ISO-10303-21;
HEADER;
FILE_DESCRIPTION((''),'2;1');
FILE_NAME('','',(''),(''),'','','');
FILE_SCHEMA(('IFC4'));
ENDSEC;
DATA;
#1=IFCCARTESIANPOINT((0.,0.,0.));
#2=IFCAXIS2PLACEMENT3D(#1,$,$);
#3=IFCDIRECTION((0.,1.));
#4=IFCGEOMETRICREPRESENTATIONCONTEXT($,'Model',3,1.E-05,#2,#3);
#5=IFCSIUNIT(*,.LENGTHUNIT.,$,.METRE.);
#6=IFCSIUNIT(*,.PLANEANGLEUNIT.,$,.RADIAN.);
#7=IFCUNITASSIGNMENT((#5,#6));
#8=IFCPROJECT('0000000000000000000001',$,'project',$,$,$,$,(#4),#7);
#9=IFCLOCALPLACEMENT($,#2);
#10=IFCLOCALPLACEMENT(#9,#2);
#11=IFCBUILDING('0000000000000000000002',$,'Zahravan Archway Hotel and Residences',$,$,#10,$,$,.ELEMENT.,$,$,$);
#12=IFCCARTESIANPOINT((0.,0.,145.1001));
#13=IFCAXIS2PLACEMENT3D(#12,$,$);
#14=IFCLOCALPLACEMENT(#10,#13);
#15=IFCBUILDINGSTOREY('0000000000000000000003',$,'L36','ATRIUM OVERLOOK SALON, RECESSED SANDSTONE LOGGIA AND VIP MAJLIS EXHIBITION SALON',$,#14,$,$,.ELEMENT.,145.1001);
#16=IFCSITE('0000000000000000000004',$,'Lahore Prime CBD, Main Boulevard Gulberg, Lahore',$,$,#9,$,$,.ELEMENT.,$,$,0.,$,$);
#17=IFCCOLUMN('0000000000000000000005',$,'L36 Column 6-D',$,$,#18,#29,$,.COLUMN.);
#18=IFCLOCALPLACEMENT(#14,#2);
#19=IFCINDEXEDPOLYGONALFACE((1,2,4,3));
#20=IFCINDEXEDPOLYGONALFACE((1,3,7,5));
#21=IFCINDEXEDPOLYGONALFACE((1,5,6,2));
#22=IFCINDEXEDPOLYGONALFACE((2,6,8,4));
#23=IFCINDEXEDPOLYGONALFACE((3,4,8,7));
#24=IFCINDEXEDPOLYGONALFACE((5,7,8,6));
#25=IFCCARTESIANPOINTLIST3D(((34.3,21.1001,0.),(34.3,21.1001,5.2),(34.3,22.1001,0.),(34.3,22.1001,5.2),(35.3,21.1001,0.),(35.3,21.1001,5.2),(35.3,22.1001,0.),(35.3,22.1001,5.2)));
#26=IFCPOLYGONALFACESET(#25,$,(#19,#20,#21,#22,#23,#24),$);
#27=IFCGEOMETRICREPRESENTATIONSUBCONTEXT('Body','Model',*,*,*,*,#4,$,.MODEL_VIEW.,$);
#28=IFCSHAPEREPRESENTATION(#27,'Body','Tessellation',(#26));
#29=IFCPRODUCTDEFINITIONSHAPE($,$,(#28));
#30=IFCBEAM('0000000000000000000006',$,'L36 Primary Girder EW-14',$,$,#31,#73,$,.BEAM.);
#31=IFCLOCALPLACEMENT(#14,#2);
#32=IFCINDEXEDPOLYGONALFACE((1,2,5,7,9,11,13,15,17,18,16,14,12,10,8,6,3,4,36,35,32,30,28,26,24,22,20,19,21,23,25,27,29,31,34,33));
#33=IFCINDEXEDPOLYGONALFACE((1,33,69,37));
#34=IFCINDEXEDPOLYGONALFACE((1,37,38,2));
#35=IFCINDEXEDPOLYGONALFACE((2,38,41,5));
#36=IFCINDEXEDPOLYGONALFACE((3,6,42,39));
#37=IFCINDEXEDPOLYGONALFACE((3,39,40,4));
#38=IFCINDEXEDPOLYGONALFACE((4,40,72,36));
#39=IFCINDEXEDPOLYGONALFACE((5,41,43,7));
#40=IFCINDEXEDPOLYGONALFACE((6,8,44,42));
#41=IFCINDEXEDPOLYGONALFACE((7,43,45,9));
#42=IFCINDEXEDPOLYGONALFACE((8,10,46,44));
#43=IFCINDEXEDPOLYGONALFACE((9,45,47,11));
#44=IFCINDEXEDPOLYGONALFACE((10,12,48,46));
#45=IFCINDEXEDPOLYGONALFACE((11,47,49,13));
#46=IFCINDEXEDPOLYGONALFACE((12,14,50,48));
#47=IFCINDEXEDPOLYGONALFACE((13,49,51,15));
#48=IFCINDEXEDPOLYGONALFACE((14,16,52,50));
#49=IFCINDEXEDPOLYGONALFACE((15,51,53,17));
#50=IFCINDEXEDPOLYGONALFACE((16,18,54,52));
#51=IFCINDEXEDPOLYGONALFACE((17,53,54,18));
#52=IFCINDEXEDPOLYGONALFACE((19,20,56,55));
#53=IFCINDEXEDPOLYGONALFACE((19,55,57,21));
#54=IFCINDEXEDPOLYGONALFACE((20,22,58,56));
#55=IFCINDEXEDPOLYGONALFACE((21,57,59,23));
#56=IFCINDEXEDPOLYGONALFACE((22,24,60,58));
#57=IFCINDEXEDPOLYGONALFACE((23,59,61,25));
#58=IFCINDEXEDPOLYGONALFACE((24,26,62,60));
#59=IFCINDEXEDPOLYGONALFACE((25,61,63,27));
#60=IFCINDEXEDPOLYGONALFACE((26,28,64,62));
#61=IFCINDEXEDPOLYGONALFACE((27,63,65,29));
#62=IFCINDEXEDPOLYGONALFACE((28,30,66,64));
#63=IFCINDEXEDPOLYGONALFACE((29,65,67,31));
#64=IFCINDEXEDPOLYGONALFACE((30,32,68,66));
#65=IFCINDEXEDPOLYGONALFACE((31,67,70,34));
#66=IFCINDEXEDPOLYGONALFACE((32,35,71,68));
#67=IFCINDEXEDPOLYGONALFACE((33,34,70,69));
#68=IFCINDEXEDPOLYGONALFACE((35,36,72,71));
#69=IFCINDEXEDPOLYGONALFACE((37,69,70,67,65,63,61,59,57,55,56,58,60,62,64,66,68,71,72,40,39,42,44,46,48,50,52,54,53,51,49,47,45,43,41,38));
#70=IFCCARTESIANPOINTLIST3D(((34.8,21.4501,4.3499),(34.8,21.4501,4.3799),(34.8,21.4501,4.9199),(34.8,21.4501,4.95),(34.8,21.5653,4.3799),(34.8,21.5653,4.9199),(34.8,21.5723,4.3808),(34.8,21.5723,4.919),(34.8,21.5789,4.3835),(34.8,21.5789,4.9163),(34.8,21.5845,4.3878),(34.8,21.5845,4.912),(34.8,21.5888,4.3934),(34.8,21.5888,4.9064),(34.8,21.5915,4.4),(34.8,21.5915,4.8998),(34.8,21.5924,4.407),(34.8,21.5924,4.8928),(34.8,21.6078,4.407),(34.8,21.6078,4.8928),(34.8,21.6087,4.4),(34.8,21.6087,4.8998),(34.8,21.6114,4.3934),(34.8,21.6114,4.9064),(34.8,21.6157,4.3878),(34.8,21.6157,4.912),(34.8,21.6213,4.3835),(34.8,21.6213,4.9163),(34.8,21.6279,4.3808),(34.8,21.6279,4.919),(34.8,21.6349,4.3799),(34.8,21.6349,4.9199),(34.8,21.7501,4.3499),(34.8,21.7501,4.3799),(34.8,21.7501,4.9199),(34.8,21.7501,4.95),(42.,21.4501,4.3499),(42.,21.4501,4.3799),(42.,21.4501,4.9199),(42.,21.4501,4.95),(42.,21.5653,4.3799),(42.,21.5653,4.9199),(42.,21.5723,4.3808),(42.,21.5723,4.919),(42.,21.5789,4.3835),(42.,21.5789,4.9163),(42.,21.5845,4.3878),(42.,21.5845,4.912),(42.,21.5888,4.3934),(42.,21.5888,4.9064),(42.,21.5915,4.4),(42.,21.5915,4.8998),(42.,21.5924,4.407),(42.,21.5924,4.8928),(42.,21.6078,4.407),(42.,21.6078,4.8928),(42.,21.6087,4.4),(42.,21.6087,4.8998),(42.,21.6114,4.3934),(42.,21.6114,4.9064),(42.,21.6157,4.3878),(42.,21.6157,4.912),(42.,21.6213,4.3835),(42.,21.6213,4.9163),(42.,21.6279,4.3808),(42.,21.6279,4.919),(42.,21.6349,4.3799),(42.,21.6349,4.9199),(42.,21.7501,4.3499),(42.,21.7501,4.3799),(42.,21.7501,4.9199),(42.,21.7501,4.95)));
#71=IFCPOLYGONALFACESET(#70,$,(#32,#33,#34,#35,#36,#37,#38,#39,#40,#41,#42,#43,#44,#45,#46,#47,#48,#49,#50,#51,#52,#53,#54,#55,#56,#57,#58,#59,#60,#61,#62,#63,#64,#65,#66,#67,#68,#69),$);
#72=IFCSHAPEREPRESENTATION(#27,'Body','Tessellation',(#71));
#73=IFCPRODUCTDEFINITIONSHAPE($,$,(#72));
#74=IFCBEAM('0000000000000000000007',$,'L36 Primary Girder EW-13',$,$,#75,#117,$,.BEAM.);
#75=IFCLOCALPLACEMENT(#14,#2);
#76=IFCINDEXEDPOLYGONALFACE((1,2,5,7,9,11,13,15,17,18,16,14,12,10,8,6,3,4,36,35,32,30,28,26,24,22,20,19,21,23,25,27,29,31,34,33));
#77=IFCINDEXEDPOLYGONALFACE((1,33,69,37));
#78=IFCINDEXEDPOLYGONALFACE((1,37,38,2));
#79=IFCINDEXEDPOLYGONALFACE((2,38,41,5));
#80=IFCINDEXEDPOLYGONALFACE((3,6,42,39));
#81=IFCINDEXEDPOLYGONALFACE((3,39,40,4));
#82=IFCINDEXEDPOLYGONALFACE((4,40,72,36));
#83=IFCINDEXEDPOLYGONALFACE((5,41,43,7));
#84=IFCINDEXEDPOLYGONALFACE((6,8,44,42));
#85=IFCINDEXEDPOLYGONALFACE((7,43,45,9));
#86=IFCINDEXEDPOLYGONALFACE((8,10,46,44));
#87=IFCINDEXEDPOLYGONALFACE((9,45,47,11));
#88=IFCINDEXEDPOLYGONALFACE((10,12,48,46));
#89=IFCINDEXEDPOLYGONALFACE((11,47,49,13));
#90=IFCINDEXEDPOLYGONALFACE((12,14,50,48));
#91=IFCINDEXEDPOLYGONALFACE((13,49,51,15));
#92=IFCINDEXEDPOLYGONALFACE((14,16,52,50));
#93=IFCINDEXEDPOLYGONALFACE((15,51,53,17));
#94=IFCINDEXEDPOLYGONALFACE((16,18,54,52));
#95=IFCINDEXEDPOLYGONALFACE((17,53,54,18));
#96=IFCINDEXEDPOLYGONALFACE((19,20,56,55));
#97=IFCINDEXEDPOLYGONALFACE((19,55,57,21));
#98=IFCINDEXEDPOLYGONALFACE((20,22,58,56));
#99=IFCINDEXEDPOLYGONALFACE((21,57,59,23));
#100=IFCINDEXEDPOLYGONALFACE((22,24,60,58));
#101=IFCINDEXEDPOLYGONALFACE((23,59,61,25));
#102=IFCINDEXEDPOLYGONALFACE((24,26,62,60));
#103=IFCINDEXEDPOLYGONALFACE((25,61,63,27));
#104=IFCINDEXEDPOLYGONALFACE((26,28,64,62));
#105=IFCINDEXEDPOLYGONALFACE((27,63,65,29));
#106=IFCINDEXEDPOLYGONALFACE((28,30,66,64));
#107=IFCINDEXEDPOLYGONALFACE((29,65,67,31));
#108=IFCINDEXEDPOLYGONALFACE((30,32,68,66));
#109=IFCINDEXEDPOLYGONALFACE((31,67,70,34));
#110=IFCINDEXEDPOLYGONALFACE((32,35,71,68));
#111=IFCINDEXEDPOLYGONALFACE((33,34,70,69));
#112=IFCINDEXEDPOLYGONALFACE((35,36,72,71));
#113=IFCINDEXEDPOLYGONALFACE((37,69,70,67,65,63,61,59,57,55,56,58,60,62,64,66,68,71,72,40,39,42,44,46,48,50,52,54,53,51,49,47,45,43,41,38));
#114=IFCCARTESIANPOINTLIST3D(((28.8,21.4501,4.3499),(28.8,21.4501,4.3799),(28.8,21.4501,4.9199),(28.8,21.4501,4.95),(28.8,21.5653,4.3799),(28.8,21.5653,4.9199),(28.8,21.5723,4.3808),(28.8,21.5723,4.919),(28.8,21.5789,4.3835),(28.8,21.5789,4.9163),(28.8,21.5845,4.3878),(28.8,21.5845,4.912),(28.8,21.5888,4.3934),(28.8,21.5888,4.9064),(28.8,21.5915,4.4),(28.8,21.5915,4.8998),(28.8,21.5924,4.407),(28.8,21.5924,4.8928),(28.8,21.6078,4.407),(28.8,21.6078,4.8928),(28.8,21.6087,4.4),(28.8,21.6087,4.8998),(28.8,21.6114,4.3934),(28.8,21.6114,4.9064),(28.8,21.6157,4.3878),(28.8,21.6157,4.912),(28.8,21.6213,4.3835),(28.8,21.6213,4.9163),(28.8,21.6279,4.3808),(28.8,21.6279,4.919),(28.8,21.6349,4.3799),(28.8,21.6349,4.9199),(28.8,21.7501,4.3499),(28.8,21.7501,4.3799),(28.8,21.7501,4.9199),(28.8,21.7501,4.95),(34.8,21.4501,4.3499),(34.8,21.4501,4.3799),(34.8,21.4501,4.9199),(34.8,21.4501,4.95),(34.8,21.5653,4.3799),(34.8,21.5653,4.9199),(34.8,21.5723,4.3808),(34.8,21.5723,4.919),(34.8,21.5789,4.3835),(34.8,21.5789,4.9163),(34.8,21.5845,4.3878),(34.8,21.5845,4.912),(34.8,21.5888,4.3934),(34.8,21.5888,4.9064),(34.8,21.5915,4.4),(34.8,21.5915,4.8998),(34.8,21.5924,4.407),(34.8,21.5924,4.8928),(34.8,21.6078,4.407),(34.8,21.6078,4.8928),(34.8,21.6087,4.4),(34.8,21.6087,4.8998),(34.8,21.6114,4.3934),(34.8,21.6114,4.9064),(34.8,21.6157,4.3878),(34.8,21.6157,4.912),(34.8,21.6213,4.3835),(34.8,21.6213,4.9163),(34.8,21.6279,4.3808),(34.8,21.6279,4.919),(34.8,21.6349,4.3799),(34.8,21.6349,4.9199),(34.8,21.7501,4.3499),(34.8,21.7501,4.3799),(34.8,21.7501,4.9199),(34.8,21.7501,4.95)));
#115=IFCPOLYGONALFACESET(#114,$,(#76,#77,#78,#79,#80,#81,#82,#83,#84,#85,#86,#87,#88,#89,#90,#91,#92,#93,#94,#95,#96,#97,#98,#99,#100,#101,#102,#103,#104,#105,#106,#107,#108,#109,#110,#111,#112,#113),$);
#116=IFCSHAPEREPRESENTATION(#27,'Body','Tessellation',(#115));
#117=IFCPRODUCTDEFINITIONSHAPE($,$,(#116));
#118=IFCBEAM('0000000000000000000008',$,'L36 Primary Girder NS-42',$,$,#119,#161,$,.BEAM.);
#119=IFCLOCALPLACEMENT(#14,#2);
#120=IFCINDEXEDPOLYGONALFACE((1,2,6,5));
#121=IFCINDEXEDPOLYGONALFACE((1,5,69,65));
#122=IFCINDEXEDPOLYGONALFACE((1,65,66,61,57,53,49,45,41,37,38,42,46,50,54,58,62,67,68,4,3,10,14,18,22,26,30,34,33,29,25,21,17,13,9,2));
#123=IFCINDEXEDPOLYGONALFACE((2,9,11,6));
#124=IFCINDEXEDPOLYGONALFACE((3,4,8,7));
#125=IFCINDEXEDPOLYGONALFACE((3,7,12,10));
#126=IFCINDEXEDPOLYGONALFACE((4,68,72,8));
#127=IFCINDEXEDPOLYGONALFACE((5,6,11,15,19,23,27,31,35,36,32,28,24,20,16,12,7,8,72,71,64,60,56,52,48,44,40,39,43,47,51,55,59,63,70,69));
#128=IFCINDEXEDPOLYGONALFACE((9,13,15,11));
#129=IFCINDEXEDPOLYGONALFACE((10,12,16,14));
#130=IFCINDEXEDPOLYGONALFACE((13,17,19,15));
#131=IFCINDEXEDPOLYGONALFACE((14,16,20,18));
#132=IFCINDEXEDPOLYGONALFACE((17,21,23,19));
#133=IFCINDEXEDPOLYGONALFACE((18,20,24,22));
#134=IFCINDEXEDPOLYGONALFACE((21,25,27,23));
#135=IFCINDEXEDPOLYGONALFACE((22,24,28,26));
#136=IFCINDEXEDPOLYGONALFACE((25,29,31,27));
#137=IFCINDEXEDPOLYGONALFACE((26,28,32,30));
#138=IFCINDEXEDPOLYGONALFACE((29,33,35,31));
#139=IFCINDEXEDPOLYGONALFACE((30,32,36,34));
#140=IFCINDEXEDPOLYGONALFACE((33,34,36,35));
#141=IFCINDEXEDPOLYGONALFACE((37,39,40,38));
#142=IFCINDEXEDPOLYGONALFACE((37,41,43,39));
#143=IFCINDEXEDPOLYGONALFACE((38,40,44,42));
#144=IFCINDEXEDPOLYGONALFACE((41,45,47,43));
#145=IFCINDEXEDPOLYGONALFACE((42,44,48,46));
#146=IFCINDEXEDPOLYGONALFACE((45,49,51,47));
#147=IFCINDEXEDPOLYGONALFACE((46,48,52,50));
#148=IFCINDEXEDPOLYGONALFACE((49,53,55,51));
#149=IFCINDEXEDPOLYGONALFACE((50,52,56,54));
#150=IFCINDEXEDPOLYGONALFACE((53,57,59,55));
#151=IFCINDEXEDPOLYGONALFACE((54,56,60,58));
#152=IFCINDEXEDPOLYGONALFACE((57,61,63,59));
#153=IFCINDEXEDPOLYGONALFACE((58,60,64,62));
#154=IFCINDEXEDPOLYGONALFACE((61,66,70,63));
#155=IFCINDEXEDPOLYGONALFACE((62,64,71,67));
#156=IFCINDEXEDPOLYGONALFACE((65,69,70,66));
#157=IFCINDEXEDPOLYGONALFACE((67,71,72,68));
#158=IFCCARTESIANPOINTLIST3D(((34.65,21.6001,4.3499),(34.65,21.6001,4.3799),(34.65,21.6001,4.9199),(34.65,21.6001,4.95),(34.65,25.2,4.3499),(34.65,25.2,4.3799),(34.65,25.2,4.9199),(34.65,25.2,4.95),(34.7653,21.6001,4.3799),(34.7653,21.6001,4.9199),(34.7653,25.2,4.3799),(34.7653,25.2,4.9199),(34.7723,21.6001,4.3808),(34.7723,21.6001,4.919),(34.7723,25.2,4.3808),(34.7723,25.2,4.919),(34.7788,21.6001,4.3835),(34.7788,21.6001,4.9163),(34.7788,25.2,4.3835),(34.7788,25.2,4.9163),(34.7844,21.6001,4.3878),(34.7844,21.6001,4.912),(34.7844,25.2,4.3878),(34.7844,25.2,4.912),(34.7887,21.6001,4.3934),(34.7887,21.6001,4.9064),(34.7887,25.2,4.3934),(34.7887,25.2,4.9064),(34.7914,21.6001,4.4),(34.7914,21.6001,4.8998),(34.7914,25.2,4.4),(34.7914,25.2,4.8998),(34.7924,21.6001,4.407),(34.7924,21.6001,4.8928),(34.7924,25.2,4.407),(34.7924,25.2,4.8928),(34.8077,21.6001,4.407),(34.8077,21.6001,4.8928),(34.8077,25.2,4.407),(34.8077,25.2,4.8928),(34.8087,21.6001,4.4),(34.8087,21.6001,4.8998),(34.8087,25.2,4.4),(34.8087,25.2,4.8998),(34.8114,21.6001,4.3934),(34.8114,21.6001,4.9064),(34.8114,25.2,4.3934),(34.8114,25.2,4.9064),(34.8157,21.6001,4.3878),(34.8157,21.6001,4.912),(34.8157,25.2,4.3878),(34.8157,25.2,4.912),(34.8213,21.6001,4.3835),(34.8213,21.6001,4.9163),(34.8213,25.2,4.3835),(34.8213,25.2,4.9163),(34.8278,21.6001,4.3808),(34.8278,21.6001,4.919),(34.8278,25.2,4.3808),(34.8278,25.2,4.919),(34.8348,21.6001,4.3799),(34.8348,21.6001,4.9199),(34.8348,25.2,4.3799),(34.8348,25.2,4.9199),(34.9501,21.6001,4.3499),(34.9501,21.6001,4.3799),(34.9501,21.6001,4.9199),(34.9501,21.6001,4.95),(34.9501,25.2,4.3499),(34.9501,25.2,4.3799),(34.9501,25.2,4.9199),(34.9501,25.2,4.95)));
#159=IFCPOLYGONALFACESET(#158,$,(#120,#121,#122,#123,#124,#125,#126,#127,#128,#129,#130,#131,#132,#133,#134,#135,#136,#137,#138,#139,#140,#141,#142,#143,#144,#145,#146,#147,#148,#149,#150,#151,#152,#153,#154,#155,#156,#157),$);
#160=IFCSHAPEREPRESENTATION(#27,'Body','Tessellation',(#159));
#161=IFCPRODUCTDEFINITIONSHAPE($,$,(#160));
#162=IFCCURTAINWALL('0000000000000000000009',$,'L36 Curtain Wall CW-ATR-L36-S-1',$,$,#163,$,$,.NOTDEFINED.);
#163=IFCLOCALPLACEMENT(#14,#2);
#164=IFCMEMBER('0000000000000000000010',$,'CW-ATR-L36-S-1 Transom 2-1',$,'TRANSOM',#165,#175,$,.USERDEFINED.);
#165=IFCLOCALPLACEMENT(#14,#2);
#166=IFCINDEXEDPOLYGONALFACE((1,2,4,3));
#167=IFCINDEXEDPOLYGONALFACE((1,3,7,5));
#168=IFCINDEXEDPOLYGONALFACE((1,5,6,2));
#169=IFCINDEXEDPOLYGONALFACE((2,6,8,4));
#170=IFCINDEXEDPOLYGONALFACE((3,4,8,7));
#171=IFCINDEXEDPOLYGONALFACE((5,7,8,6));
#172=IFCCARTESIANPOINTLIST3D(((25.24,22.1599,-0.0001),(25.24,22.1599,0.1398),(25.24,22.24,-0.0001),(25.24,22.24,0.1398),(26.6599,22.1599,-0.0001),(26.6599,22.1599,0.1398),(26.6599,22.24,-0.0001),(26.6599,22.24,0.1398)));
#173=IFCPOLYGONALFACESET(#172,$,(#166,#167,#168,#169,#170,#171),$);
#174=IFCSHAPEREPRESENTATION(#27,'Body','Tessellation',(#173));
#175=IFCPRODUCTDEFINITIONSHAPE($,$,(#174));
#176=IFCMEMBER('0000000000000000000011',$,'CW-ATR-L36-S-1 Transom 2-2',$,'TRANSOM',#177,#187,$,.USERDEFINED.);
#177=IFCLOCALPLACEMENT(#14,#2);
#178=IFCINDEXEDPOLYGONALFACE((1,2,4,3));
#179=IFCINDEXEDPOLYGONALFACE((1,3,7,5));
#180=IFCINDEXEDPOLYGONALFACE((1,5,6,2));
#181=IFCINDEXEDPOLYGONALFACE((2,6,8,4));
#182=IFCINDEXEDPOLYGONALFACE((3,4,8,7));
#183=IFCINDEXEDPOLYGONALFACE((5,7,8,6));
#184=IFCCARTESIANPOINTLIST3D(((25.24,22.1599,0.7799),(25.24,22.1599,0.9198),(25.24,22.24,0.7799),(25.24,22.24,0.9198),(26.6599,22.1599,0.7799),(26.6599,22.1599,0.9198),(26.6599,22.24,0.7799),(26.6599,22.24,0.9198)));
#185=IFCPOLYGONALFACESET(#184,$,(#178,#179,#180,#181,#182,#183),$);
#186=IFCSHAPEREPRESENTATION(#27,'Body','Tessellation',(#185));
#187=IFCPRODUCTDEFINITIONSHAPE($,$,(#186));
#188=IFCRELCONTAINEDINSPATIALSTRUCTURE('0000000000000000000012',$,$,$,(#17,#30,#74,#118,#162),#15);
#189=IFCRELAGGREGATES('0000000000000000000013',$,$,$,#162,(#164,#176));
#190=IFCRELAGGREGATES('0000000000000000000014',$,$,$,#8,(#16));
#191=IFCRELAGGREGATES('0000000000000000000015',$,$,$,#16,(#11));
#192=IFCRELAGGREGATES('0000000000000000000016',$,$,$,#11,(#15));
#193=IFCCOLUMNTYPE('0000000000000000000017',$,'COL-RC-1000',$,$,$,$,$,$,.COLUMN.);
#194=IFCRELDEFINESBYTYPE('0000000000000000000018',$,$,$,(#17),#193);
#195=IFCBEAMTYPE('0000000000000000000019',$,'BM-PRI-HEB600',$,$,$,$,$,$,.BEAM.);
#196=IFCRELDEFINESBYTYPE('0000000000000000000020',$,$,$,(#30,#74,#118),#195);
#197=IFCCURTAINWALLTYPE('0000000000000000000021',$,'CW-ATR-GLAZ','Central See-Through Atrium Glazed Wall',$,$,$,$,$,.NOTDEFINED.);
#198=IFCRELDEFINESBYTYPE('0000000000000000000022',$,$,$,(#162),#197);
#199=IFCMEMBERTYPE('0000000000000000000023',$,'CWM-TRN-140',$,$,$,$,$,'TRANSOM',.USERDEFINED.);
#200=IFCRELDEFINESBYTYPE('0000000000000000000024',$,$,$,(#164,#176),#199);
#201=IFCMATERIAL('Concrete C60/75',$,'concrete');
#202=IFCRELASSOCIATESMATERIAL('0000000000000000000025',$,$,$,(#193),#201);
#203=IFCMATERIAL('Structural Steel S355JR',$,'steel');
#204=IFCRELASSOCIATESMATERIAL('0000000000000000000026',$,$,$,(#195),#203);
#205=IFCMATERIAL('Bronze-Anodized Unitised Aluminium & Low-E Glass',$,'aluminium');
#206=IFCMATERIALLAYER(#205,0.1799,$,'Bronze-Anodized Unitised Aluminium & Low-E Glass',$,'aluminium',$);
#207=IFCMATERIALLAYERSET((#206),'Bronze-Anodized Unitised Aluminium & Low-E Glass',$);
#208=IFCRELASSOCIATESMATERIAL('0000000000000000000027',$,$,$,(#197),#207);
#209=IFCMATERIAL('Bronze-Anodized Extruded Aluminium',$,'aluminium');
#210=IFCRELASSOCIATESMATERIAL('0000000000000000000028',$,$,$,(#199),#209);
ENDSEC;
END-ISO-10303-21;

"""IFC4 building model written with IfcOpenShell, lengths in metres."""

from ifc_helpers import new_model, si_unit, direction, frame, origin, origin_2d, place, context, subcontext, project, spatial, rectangle, i_section, extrude, source, transform, mapped, material, layer, layer_set, material_profile, profile_set, type_object, element, aggregate, save


model = new_model("IFC4")

# Units and contexts
model_context = context("Model", 3, precision=1e-05, world=origin(), true_north=direction((0.0, 1.0)))
body_context = subcontext(model_context, "Body", "Model", "MODEL_VIEW")
ifc_project = project(units=[si_unit("LENGTHUNIT", "METRE"), si_unit("PLANEANGLEUNIT", "RADIAN")], contexts=[model_context])

# Site, building, storey
site_placement = place(None, origin())
site = spatial("IfcSite", under=ifc_project, at=site_placement, Name="Lahore Prime CBD, Main Boulevard Gulberg, Lahore", CompositionType="ELEMENT", RefElevation=0.0)
building_placement = place(site_placement, origin())
building = spatial("IfcBuilding", under=site, at=building_placement, Name="Zahravan Archway Hotel and Residences", CompositionType="ELEMENT")
storey_placement = place(building_placement, frame((0.0, 0.0, 145.1001)))
storey = spatial("IfcBuildingStorey", under=building, at=storey_placement, Name="L36", Description="ATRIUM OVERLOOK SALON, RECESSED SANDSTONE LOGGIA AND VIP MAJLIS EXHIBITION SALON", CompositionType="ELEMENT", Elevation=145.1001)

# Column
ifc_material_1 = material(Name="Concrete C60/75", Category="concrete")
ifc_material_profile_1 = material_profile(ifc_material_1, rectangle(XDim=1.0, YDim=1.0, at=origin_2d()), Name="RC-COL-1000x1000", Category="concrete")
ifc_profile_set_1 = profile_set([ifc_material_profile_1], Name="Concrete C60/75")
column_type = type_object("IfcColumnType", Name="COL-RC-1000", PredefinedType="COLUMN", material=ifc_profile_set_1)
shared_shape_1 = source(origin(), body_context, "Body", "SweptSolid", [
    extrude(rectangle(XDim=1.0, YDim=1.0, at=origin_2d()), origin(), (0.0, 0.0, 1.0), 5.2),
])
column_placement = place(storey_placement, frame((34.8, 21.6001, 0.0), z_axis=(0.0, 0.0, 1.0), x_axis=(1.0, 0.0, 0.0)))
element("IfcColumn", 1, at=column_placement, inside=storey, type_object=column_type, Name="L36 Column 6-D", PredefinedType="COLUMN", context=body_context, shape_type="MappedRepresentation", body=[
    mapped(shared_shape_1, transform((0.0, 0.0, 0.0), scale=1.0)),
])

# Beams
ifc_material_2 = material(Name="Structural Steel S355JR", Category="steel")
ifc_material_profile_2 = material_profile(ifc_material_2, i_section(OverallWidth=0.3, OverallDepth=0.6001, WebThickness=0.0154, FlangeThickness=0.03, FilletRadius=0.0271, at=origin_2d()), Name="HEB 600", Category="steel")
ifc_profile_set_2 = profile_set([ifc_material_profile_2], Name="Structural Steel S355JR")
beam_type = type_object("IfcBeamType", Name="BM-PRI-HEB600", PredefinedType="BEAM", material=ifc_profile_set_2)
shared_shape_2 = source(origin(), body_context, "Body", "SweptSolid", [
    extrude(i_section(OverallWidth=0.3, OverallDepth=0.6001, WebThickness=0.0154, FlangeThickness=0.03, FilletRadius=0.0271, at=origin_2d()), origin(), (0.0, 0.0, 1.0), 7.2),
])
beam_1_placement = place(storey_placement, frame((34.8, 21.6001, 4.6499), z_axis=(1.0, 0.0, 0.0), x_axis=(0.0, 1.0, 0.0)))
element("IfcBeam", 2, at=beam_1_placement, inside=storey, type_object=beam_type, Name="L36 Primary Girder EW-14", PredefinedType="BEAM", context=body_context, shape_type="MappedRepresentation", body=[
    mapped(shared_shape_2, transform((0.0, 0.0, 0.0), scale=1.0)),
])
shared_shape_3 = source(origin(), body_context, "Body", "SweptSolid", [
    extrude(i_section(OverallWidth=0.3, OverallDepth=0.6001, WebThickness=0.0154, FlangeThickness=0.03, FilletRadius=0.0271, at=origin_2d()), origin(), (0.0, 0.0, 1.0), 6.0),
])
beam_2_placement = place(storey_placement, frame((28.8, 21.6001, 4.6499), z_axis=(1.0, 0.0, 0.0), x_axis=(0.0, 1.0, 0.0)))
element("IfcBeam", 3, at=beam_2_placement, inside=storey, type_object=beam_type, Name="L36 Primary Girder EW-13", PredefinedType="BEAM", context=body_context, shape_type="MappedRepresentation", body=[
    mapped(shared_shape_3, transform((0.0, 0.0, 0.0), scale=1.0)),
])
shared_shape_4 = source(origin(), body_context, "Body", "SweptSolid", [
    extrude(i_section(OverallWidth=0.3, OverallDepth=0.6001, WebThickness=0.0154, FlangeThickness=0.03, FilletRadius=0.0271, at=origin_2d()), origin(), (0.0, 0.0, 1.0), 3.5999),
])
beam_3_placement = place(storey_placement, frame((34.8, 21.6001, 4.6499), z_axis=(0.0, 1.0, 0.0), x_axis=(-1.0, 0.0, 0.0)))
element("IfcBeam", 4, at=beam_3_placement, inside=storey, type_object=beam_type, Name="L36 Primary Girder NS-42", PredefinedType="BEAM", context=body_context, shape_type="MappedRepresentation", body=[
    mapped(shared_shape_4, transform((0.0, 0.0, 0.0), scale=1.0)),
])

# Curtain wall, members
ifc_material_3 = material(Name="Bronze-Anodized Unitised Aluminium & Low-E Glass", Category="aluminium")
ifc_layer_1 = layer(ifc_material_3, 0.1799, Name="Bronze-Anodized Unitised Aluminium & Low-E Glass", Category="aluminium")
ifc_layer_set_1 = layer_set([ifc_layer_1], Name="Bronze-Anodized Unitised Aluminium & Low-E Glass")
curtain_wall_type = type_object("IfcCurtainWallType", Name="CW-ATR-GLAZ", Description="Central See-Through Atrium Glazed Wall", PredefinedType="NOTDEFINED", material=ifc_layer_set_1)
curtain_wall_placement = place(storey_placement, origin())
curtain_wall = element("IfcCurtainWall", 5, at=curtain_wall_placement, inside=storey, type_object=curtain_wall_type, Name="L36 Curtain Wall CW-ATR-L36-S-1", PredefinedType="NOTDEFINED")
ifc_material_4 = material(Name="Bronze-Anodized Extruded Aluminium", Category="aluminium")
ifc_material_profile_3 = material_profile(ifc_material_4, rectangle(XDim=0.0801, YDim=0.1399, at=origin_2d()), Name="TRN 80x140", Category="aluminium")
ifc_profile_set_3 = profile_set([ifc_material_profile_3], Name="Bronze-Anodized Extruded Aluminium")
member_type_1 = type_object("IfcMemberType", Name="CWM-TRN-140", ElementType="TRANSOM", PredefinedType="USERDEFINED", material=ifc_profile_set_3)
shared_shape_5 = source(origin(), body_context, "Body", "SweptSolid", [
    extrude(rectangle(XDim=0.0801, YDim=0.1399, at=origin_2d()), origin(), (0.0, 0.0, 1.0), 1.4199),
])
member_1_placement = place(storey_placement, frame((25.24, 22.2, 0.0698), z_axis=(1.0, 0.0, 0.0), x_axis=(0.0, 1.0, 0.0)))
member_1 = element("IfcMember", 6, at=member_1_placement, type_object=member_type_1, Name="CW-ATR-L36-S-1 Transom 2-1", ObjectType="TRANSOM", PredefinedType="USERDEFINED", context=body_context, shape_type="MappedRepresentation", body=[
    mapped(shared_shape_5, transform((0.0, 0.0, 0.0), scale=1.0)),
])
member_2_placement = place(storey_placement, frame((25.24, 22.2, 0.8499), z_axis=(1.0, 0.0, 0.0), x_axis=(0.0, 1.0, 0.0)))
member_2 = element("IfcMember", 7, at=member_2_placement, type_object=member_type_1, Name="CW-ATR-L36-S-1 Transom 2-2", ObjectType="TRANSOM", PredefinedType="USERDEFINED", context=body_context, shape_type="MappedRepresentation", body=[
    mapped(shared_shape_5, transform((0.0, 0.0, 0.0), scale=1.0)),
])
aggregate(curtain_wall, [member_1, member_2])

save(model, "model.ifc")
